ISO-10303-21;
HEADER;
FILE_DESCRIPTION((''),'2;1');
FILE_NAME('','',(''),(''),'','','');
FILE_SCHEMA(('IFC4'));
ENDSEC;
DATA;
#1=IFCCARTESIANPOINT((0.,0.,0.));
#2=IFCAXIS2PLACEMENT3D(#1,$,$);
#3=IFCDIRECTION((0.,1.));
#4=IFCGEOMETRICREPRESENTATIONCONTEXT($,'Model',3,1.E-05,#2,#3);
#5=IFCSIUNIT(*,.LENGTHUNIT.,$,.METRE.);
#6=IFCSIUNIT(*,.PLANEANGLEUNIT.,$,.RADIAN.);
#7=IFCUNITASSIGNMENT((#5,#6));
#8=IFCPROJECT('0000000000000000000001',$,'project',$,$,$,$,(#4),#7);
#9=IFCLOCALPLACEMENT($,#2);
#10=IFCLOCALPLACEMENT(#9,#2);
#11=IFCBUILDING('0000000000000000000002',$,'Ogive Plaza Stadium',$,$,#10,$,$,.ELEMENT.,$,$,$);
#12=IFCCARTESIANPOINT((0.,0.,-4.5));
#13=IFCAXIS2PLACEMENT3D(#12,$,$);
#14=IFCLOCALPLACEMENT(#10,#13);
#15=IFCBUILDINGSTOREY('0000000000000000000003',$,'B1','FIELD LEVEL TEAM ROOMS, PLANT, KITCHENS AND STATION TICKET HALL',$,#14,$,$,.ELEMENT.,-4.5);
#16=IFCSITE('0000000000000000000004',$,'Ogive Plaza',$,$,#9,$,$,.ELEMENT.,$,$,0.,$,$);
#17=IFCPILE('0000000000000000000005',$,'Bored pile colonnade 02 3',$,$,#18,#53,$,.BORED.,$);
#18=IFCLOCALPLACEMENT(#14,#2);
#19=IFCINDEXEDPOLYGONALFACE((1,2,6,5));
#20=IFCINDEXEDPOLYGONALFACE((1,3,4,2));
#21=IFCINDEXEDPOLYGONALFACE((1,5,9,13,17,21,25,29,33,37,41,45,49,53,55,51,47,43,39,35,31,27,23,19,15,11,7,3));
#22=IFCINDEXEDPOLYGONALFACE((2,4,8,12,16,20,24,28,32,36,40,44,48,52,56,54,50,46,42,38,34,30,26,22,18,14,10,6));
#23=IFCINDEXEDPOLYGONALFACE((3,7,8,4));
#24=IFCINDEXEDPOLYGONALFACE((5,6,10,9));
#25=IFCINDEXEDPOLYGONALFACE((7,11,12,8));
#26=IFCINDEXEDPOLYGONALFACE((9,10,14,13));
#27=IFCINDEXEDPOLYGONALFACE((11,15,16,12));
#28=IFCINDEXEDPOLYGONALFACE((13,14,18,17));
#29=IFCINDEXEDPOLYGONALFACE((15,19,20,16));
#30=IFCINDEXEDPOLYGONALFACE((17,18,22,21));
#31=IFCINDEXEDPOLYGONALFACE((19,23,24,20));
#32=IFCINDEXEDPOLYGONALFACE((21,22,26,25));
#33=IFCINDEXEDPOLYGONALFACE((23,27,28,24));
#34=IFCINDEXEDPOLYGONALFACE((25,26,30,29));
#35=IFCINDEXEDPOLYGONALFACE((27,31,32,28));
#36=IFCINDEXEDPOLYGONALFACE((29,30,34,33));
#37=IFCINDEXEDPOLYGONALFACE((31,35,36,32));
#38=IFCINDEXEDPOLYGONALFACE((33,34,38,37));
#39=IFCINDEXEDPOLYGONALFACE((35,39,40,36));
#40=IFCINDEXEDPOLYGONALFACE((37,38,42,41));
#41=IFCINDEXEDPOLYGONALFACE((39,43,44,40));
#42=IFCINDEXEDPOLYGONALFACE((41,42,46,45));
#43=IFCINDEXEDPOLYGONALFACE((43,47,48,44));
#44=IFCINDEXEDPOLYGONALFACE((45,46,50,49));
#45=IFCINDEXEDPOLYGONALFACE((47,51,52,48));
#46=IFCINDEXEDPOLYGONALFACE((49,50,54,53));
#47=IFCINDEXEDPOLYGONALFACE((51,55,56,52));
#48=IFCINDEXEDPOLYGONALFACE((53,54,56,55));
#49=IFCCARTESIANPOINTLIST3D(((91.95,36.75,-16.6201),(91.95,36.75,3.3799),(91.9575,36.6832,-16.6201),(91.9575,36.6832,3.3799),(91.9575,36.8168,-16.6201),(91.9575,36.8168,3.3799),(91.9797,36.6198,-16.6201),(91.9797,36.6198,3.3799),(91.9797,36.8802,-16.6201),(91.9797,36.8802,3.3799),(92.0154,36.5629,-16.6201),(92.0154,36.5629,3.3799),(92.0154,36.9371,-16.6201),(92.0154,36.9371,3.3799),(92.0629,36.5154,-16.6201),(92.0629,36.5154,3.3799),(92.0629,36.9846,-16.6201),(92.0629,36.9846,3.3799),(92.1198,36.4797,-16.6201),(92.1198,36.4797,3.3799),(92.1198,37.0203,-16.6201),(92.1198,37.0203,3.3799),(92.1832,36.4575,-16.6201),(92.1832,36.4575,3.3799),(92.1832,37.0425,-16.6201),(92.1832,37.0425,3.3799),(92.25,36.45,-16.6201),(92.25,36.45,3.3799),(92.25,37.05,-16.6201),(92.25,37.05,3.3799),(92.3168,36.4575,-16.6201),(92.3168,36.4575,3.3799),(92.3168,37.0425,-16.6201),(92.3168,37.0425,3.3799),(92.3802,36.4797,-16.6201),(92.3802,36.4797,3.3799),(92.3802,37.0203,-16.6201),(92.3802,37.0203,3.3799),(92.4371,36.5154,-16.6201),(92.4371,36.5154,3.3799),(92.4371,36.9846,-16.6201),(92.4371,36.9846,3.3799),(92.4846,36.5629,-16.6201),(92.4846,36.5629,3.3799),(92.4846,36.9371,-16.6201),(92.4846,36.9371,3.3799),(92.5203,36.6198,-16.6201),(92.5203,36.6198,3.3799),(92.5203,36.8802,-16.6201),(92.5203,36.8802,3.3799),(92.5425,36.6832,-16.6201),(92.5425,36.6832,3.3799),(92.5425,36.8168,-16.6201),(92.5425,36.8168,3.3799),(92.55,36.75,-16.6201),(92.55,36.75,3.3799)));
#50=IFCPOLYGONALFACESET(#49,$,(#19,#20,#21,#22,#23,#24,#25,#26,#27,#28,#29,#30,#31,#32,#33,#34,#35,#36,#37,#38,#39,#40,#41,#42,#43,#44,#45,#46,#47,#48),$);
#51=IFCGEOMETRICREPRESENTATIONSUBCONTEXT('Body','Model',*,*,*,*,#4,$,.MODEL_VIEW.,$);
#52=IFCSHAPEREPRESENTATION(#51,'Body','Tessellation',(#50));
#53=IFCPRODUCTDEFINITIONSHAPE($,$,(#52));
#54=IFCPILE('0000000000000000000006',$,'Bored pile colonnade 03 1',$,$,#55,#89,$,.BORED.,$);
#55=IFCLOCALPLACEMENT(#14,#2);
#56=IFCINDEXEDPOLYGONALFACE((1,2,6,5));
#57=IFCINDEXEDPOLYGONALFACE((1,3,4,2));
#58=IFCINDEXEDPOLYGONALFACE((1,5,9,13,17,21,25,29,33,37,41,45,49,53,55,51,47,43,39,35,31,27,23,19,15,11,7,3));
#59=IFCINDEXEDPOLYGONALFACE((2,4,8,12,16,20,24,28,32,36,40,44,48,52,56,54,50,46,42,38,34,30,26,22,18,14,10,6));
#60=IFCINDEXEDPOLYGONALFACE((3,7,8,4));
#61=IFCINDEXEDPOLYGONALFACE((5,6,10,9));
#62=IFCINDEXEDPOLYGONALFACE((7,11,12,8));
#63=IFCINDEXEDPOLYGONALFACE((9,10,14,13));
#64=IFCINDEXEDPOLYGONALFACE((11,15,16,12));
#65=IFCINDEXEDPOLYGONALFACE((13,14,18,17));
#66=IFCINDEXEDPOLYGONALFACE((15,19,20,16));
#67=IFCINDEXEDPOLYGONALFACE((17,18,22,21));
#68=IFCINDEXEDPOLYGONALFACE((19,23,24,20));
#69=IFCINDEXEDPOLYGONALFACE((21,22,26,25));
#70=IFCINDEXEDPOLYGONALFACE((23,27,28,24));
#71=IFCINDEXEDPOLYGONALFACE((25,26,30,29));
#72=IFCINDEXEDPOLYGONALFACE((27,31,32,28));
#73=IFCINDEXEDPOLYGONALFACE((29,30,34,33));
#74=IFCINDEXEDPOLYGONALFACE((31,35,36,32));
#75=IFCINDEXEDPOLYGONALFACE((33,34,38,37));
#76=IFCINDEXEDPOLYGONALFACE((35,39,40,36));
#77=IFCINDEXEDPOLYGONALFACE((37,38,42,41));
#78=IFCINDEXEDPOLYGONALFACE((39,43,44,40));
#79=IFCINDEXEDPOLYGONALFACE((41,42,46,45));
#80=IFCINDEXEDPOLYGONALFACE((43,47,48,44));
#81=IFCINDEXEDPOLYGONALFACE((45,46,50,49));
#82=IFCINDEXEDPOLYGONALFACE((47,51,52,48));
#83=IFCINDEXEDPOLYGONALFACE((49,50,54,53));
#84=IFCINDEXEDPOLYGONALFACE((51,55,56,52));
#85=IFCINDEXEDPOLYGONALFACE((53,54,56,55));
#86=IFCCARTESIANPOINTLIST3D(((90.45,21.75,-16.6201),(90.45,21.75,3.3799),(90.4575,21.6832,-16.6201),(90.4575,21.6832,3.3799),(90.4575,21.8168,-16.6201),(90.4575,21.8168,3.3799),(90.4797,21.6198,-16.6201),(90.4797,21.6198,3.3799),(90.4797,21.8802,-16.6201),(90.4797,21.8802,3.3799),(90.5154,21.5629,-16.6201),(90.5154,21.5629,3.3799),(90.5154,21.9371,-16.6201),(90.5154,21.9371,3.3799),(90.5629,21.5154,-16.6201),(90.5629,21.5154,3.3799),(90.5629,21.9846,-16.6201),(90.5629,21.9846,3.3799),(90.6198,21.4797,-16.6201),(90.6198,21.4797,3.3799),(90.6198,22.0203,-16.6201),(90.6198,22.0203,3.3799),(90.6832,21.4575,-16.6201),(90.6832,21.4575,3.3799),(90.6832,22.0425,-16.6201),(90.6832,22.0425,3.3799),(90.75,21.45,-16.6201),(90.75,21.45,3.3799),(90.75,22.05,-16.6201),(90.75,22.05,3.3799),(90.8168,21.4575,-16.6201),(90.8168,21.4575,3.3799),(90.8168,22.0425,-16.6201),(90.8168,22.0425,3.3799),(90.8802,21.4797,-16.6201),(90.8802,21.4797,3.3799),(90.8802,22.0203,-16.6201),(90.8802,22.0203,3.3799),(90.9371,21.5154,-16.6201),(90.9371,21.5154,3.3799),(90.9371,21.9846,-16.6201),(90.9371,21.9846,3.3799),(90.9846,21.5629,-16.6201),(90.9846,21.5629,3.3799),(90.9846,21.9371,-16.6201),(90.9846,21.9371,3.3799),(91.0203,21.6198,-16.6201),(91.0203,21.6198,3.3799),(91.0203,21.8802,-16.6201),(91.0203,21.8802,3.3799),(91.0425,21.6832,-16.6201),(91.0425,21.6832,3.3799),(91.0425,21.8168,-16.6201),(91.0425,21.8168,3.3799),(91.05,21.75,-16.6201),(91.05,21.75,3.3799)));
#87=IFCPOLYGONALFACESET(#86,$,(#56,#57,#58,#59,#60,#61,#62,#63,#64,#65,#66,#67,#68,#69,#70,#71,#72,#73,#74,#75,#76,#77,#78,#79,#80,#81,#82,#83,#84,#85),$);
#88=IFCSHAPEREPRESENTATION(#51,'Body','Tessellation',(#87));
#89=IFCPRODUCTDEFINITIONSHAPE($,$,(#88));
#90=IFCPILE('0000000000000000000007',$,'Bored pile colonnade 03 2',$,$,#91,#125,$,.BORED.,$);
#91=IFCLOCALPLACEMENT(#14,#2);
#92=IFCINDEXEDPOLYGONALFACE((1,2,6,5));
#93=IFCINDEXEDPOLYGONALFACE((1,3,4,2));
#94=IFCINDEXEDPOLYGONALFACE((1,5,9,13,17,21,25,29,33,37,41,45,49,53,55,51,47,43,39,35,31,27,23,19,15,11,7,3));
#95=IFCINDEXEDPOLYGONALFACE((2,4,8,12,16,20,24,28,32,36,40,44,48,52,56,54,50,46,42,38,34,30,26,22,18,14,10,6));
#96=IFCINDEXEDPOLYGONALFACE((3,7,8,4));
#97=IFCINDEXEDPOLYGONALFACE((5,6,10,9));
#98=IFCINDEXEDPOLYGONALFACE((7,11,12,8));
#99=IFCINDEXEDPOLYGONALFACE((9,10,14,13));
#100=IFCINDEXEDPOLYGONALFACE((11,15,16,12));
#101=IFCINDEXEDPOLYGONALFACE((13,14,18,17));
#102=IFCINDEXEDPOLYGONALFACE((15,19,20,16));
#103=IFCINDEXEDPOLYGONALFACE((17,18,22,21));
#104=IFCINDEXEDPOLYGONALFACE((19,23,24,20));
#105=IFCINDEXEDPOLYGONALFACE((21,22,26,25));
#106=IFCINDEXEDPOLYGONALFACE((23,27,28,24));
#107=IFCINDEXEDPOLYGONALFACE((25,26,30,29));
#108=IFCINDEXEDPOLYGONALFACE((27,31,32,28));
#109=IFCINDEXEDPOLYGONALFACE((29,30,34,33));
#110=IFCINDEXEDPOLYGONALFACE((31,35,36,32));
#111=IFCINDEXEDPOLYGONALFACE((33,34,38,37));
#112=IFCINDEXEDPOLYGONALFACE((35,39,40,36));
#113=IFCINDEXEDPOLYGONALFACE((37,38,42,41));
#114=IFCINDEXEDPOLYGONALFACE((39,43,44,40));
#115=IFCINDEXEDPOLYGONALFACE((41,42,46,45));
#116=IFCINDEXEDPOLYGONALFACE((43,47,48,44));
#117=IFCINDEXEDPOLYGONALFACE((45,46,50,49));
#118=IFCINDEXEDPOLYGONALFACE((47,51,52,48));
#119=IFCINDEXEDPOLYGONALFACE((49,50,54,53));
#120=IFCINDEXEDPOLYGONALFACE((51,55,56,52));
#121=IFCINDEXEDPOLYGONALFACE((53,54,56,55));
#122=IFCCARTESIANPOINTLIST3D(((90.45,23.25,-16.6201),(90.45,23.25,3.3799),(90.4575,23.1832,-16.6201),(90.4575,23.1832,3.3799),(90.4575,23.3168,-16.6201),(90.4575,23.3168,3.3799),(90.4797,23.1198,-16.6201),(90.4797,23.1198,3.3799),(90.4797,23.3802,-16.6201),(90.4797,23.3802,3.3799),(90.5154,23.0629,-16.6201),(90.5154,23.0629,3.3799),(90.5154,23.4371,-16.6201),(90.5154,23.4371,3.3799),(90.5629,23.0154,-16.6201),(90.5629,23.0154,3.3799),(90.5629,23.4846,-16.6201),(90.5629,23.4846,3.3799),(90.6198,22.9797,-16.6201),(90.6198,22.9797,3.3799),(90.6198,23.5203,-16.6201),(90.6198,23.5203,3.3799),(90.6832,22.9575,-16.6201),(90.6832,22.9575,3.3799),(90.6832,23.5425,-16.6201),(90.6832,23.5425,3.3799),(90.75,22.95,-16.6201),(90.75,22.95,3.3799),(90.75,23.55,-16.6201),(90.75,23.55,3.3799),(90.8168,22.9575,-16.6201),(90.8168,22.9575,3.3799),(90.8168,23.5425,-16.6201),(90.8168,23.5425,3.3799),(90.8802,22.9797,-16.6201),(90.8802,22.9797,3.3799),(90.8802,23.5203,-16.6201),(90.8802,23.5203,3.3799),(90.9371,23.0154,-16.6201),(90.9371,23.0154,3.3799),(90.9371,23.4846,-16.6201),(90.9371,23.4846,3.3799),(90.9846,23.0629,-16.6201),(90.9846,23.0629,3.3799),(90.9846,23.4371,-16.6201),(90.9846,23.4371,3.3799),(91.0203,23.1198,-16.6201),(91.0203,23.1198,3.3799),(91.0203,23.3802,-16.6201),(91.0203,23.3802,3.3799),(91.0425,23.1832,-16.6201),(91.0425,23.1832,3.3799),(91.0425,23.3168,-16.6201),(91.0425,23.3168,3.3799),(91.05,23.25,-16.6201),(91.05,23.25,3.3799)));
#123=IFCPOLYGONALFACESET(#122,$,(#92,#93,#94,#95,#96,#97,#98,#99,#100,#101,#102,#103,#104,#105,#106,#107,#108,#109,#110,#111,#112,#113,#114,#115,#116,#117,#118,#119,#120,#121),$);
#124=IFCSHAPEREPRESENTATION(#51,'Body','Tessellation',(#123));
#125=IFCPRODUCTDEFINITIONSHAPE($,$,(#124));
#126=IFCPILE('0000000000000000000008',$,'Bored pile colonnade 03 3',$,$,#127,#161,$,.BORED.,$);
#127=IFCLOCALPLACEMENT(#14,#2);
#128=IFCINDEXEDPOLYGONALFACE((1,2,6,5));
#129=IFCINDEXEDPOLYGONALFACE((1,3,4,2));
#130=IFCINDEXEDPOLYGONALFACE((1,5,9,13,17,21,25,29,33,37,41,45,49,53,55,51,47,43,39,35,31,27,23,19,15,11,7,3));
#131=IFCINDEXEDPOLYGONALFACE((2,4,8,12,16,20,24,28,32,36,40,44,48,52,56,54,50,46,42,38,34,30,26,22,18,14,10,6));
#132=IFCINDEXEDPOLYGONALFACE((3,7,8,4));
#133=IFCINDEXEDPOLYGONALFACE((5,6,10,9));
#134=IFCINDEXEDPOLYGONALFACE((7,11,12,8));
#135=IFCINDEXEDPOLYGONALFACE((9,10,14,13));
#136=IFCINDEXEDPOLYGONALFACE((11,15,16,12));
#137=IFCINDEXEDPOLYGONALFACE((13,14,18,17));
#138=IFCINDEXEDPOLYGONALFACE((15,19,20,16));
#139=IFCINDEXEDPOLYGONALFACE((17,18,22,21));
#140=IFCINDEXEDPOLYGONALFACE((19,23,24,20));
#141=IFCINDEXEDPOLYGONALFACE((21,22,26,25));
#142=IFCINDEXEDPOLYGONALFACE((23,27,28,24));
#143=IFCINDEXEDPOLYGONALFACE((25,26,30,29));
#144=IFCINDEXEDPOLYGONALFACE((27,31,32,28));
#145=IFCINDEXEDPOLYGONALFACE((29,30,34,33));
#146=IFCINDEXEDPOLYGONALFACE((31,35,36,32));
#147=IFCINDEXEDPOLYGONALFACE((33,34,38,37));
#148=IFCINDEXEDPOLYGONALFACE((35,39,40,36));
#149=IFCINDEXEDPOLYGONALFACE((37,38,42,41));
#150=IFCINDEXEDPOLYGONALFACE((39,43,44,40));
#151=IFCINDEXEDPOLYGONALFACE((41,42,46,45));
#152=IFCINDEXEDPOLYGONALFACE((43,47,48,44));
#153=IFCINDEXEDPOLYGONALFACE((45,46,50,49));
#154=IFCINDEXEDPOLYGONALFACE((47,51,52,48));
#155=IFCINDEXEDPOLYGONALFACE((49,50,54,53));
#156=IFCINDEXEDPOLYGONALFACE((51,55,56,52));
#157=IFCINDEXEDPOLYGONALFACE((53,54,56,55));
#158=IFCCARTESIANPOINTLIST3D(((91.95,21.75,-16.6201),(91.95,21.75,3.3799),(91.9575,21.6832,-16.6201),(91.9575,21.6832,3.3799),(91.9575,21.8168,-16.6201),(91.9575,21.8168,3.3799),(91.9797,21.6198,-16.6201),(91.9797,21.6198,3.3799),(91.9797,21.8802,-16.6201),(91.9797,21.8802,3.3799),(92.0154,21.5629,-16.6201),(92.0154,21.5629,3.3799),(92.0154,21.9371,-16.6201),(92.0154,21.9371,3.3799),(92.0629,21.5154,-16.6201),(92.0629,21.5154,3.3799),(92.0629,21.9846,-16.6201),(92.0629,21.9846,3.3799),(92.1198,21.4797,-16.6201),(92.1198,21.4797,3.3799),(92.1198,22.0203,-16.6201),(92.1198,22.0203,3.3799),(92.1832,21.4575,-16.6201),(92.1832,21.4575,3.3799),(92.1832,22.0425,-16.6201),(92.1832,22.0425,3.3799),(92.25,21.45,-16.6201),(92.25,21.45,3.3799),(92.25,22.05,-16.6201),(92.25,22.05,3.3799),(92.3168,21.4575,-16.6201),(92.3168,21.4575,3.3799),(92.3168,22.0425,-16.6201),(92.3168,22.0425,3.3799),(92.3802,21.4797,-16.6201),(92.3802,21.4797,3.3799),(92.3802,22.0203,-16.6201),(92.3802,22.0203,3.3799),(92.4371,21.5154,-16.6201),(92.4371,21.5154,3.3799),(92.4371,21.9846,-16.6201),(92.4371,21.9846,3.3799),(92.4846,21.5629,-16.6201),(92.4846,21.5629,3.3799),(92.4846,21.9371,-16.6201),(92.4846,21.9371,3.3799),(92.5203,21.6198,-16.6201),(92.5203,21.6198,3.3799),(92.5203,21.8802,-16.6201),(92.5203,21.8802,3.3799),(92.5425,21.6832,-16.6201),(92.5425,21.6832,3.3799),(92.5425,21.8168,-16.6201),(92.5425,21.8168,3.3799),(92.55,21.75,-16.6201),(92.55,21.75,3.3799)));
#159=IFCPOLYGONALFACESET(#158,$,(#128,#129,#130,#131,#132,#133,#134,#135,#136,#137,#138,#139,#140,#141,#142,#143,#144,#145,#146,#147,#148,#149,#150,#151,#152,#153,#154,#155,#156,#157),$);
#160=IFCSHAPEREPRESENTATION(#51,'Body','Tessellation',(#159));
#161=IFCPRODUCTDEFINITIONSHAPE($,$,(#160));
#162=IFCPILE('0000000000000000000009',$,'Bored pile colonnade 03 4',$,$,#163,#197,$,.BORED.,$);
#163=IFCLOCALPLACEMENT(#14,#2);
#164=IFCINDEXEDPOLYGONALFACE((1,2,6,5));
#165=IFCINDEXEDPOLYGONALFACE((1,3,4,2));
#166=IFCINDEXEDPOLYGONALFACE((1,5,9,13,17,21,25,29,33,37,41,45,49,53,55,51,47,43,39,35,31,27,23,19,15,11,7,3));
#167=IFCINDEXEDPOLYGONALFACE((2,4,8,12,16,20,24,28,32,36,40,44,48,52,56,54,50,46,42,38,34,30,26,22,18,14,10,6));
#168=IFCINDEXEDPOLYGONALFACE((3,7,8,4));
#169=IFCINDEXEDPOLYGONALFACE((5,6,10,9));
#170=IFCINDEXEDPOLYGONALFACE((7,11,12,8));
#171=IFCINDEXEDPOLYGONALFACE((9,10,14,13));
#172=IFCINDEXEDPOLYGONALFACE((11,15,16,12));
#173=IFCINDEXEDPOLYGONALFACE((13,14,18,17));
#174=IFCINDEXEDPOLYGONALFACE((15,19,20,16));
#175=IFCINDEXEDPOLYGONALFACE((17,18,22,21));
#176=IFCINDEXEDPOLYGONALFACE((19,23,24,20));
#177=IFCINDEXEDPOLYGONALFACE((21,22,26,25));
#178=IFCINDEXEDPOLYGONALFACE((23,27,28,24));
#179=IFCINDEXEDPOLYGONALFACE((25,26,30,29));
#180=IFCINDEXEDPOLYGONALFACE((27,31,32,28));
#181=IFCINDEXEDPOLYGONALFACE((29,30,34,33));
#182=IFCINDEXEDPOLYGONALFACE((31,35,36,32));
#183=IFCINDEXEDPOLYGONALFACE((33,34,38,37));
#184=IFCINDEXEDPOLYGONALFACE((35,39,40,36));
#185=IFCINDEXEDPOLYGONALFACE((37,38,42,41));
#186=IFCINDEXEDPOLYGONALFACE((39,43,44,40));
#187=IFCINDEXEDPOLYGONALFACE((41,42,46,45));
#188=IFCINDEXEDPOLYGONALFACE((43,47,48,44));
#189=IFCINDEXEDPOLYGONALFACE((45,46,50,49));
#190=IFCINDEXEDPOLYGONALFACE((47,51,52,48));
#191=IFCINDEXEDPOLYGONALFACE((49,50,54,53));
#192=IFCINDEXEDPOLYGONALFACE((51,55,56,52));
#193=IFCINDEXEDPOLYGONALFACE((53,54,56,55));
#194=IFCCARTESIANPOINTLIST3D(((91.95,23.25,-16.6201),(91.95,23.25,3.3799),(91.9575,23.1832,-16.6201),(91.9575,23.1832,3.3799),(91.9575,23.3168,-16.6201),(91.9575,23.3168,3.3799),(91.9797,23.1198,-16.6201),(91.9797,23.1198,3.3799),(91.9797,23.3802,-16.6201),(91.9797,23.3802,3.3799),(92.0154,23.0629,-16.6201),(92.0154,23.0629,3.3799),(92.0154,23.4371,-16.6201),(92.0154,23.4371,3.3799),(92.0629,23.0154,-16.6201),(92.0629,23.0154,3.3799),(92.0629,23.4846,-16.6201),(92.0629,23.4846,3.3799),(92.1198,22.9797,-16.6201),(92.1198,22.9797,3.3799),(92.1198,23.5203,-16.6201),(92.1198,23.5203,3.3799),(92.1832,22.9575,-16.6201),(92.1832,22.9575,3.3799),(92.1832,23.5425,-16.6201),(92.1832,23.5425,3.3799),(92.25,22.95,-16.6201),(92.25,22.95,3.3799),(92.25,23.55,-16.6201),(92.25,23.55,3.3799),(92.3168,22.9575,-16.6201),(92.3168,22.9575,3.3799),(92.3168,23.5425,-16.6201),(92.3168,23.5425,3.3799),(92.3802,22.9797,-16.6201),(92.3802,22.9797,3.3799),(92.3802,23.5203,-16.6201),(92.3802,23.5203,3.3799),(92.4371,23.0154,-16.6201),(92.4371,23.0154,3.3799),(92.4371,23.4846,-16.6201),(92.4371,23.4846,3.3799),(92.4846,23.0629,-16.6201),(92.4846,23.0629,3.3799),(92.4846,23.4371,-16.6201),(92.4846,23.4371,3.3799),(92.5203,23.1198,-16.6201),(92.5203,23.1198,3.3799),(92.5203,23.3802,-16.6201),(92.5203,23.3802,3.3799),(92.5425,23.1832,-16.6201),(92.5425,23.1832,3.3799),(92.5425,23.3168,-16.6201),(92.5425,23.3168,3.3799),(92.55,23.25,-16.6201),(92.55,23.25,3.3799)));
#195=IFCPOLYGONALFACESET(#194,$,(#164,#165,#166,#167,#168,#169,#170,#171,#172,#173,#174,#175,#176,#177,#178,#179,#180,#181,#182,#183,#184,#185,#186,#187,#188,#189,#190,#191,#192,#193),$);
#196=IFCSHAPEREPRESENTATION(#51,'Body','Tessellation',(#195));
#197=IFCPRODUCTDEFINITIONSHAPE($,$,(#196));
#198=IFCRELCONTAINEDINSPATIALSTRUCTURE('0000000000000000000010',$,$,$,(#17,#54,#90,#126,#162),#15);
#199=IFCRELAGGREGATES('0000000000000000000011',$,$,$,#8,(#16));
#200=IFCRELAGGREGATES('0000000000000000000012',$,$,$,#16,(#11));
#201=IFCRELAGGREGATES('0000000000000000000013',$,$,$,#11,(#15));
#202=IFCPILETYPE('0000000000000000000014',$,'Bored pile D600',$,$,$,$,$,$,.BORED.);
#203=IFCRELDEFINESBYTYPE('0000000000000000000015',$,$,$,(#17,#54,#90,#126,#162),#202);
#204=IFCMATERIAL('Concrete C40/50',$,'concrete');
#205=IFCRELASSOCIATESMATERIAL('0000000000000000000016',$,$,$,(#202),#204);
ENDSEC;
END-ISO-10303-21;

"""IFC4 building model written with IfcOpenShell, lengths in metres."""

from ifc_helpers import new_model, si_unit, direction, frame, origin, origin_2d, place, context, subcontext, project, spatial, circle, extrude, material, material_profile, profile_set, type_object, element, save


model = new_model("IFC4")

# Units and contexts
model_context = context("Model", 3, precision=1e-05, world=origin(), true_north=direction((0.0, 1.0)))
body_context = subcontext(model_context, "Body", "Model", "MODEL_VIEW")
ifc_project = project(units=[si_unit("LENGTHUNIT", "METRE"), si_unit("PLANEANGLEUNIT", "RADIAN")], contexts=[model_context])

# Site, building, storey
site_placement = place(None, origin())
site = spatial("IfcSite", under=ifc_project, at=site_placement, Name="Ogive Plaza", CompositionType="ELEMENT", RefElevation=0.0)
building_placement = place(site_placement, origin())
building = spatial("IfcBuilding", under=site, at=building_placement, Name="Ogive Plaza Stadium", CompositionType="ELEMENT")
storey_placement = place(building_placement, frame((0.0, 0.0, -4.5)))
storey = spatial("IfcBuildingStorey", under=building, at=storey_placement, Name="B1", Description="FIELD LEVEL TEAM ROOMS, PLANT, KITCHENS AND STATION TICKET HALL", CompositionType="ELEMENT", Elevation=-4.5)

# Piles
ifc_material_1 = material(Name="Concrete C40/50", Category="concrete")
ifc_material_profile_1 = material_profile(ifc_material_1, circle(Radius=0.3, at=origin_2d()), Name="RC D600")
ifc_profile_set_1 = profile_set([ifc_material_profile_1], Name="Concrete C40/50")
pile_type_1 = type_object("IfcPileType", Name="Bored pile D600", PredefinedType="BORED", material=ifc_profile_set_1)
for number, where, z_axis, x_axis, name in (
    (1, (92.25, 36.75, 3.3799), (0.0, 0.0, -1.0), (1.0, 0.0, 0.0), "Bored pile colonnade 02 3"),
    (2, (90.75, 21.75, 3.3799), (0.0, 0.0, -1.0), (1.0, 0.0, 0.0), "Bored pile colonnade 03 1"),
    (3, (90.75, 23.25, 3.3799), (0.0, 0.0, -1.0), (1.0, 0.0, 0.0), "Bored pile colonnade 03 2"),
    (4, (92.25, 21.75, 3.3799), (0.0, 0.0, -1.0), (1.0, 0.0, 0.0), "Bored pile colonnade 03 3"),
    (5, (92.25, 23.25, 3.3799), (0.0, 0.0, -1.0), (1.0, 0.0, 0.0), "Bored pile colonnade 03 4"),
):
    element("IfcPile", number, at=place(storey_placement, frame(where, z_axis=z_axis, x_axis=x_axis)), inside=storey, type_object=pile_type_1, Name=name, PredefinedType="BORED", context=body_context, shape_type="SweptSolid", body=[
        extrude(circle(Radius=0.3, at=origin_2d()), origin(), (0.0, 0.0, 1.0), 20.0),
    ])

save(model, "model.ifc")
